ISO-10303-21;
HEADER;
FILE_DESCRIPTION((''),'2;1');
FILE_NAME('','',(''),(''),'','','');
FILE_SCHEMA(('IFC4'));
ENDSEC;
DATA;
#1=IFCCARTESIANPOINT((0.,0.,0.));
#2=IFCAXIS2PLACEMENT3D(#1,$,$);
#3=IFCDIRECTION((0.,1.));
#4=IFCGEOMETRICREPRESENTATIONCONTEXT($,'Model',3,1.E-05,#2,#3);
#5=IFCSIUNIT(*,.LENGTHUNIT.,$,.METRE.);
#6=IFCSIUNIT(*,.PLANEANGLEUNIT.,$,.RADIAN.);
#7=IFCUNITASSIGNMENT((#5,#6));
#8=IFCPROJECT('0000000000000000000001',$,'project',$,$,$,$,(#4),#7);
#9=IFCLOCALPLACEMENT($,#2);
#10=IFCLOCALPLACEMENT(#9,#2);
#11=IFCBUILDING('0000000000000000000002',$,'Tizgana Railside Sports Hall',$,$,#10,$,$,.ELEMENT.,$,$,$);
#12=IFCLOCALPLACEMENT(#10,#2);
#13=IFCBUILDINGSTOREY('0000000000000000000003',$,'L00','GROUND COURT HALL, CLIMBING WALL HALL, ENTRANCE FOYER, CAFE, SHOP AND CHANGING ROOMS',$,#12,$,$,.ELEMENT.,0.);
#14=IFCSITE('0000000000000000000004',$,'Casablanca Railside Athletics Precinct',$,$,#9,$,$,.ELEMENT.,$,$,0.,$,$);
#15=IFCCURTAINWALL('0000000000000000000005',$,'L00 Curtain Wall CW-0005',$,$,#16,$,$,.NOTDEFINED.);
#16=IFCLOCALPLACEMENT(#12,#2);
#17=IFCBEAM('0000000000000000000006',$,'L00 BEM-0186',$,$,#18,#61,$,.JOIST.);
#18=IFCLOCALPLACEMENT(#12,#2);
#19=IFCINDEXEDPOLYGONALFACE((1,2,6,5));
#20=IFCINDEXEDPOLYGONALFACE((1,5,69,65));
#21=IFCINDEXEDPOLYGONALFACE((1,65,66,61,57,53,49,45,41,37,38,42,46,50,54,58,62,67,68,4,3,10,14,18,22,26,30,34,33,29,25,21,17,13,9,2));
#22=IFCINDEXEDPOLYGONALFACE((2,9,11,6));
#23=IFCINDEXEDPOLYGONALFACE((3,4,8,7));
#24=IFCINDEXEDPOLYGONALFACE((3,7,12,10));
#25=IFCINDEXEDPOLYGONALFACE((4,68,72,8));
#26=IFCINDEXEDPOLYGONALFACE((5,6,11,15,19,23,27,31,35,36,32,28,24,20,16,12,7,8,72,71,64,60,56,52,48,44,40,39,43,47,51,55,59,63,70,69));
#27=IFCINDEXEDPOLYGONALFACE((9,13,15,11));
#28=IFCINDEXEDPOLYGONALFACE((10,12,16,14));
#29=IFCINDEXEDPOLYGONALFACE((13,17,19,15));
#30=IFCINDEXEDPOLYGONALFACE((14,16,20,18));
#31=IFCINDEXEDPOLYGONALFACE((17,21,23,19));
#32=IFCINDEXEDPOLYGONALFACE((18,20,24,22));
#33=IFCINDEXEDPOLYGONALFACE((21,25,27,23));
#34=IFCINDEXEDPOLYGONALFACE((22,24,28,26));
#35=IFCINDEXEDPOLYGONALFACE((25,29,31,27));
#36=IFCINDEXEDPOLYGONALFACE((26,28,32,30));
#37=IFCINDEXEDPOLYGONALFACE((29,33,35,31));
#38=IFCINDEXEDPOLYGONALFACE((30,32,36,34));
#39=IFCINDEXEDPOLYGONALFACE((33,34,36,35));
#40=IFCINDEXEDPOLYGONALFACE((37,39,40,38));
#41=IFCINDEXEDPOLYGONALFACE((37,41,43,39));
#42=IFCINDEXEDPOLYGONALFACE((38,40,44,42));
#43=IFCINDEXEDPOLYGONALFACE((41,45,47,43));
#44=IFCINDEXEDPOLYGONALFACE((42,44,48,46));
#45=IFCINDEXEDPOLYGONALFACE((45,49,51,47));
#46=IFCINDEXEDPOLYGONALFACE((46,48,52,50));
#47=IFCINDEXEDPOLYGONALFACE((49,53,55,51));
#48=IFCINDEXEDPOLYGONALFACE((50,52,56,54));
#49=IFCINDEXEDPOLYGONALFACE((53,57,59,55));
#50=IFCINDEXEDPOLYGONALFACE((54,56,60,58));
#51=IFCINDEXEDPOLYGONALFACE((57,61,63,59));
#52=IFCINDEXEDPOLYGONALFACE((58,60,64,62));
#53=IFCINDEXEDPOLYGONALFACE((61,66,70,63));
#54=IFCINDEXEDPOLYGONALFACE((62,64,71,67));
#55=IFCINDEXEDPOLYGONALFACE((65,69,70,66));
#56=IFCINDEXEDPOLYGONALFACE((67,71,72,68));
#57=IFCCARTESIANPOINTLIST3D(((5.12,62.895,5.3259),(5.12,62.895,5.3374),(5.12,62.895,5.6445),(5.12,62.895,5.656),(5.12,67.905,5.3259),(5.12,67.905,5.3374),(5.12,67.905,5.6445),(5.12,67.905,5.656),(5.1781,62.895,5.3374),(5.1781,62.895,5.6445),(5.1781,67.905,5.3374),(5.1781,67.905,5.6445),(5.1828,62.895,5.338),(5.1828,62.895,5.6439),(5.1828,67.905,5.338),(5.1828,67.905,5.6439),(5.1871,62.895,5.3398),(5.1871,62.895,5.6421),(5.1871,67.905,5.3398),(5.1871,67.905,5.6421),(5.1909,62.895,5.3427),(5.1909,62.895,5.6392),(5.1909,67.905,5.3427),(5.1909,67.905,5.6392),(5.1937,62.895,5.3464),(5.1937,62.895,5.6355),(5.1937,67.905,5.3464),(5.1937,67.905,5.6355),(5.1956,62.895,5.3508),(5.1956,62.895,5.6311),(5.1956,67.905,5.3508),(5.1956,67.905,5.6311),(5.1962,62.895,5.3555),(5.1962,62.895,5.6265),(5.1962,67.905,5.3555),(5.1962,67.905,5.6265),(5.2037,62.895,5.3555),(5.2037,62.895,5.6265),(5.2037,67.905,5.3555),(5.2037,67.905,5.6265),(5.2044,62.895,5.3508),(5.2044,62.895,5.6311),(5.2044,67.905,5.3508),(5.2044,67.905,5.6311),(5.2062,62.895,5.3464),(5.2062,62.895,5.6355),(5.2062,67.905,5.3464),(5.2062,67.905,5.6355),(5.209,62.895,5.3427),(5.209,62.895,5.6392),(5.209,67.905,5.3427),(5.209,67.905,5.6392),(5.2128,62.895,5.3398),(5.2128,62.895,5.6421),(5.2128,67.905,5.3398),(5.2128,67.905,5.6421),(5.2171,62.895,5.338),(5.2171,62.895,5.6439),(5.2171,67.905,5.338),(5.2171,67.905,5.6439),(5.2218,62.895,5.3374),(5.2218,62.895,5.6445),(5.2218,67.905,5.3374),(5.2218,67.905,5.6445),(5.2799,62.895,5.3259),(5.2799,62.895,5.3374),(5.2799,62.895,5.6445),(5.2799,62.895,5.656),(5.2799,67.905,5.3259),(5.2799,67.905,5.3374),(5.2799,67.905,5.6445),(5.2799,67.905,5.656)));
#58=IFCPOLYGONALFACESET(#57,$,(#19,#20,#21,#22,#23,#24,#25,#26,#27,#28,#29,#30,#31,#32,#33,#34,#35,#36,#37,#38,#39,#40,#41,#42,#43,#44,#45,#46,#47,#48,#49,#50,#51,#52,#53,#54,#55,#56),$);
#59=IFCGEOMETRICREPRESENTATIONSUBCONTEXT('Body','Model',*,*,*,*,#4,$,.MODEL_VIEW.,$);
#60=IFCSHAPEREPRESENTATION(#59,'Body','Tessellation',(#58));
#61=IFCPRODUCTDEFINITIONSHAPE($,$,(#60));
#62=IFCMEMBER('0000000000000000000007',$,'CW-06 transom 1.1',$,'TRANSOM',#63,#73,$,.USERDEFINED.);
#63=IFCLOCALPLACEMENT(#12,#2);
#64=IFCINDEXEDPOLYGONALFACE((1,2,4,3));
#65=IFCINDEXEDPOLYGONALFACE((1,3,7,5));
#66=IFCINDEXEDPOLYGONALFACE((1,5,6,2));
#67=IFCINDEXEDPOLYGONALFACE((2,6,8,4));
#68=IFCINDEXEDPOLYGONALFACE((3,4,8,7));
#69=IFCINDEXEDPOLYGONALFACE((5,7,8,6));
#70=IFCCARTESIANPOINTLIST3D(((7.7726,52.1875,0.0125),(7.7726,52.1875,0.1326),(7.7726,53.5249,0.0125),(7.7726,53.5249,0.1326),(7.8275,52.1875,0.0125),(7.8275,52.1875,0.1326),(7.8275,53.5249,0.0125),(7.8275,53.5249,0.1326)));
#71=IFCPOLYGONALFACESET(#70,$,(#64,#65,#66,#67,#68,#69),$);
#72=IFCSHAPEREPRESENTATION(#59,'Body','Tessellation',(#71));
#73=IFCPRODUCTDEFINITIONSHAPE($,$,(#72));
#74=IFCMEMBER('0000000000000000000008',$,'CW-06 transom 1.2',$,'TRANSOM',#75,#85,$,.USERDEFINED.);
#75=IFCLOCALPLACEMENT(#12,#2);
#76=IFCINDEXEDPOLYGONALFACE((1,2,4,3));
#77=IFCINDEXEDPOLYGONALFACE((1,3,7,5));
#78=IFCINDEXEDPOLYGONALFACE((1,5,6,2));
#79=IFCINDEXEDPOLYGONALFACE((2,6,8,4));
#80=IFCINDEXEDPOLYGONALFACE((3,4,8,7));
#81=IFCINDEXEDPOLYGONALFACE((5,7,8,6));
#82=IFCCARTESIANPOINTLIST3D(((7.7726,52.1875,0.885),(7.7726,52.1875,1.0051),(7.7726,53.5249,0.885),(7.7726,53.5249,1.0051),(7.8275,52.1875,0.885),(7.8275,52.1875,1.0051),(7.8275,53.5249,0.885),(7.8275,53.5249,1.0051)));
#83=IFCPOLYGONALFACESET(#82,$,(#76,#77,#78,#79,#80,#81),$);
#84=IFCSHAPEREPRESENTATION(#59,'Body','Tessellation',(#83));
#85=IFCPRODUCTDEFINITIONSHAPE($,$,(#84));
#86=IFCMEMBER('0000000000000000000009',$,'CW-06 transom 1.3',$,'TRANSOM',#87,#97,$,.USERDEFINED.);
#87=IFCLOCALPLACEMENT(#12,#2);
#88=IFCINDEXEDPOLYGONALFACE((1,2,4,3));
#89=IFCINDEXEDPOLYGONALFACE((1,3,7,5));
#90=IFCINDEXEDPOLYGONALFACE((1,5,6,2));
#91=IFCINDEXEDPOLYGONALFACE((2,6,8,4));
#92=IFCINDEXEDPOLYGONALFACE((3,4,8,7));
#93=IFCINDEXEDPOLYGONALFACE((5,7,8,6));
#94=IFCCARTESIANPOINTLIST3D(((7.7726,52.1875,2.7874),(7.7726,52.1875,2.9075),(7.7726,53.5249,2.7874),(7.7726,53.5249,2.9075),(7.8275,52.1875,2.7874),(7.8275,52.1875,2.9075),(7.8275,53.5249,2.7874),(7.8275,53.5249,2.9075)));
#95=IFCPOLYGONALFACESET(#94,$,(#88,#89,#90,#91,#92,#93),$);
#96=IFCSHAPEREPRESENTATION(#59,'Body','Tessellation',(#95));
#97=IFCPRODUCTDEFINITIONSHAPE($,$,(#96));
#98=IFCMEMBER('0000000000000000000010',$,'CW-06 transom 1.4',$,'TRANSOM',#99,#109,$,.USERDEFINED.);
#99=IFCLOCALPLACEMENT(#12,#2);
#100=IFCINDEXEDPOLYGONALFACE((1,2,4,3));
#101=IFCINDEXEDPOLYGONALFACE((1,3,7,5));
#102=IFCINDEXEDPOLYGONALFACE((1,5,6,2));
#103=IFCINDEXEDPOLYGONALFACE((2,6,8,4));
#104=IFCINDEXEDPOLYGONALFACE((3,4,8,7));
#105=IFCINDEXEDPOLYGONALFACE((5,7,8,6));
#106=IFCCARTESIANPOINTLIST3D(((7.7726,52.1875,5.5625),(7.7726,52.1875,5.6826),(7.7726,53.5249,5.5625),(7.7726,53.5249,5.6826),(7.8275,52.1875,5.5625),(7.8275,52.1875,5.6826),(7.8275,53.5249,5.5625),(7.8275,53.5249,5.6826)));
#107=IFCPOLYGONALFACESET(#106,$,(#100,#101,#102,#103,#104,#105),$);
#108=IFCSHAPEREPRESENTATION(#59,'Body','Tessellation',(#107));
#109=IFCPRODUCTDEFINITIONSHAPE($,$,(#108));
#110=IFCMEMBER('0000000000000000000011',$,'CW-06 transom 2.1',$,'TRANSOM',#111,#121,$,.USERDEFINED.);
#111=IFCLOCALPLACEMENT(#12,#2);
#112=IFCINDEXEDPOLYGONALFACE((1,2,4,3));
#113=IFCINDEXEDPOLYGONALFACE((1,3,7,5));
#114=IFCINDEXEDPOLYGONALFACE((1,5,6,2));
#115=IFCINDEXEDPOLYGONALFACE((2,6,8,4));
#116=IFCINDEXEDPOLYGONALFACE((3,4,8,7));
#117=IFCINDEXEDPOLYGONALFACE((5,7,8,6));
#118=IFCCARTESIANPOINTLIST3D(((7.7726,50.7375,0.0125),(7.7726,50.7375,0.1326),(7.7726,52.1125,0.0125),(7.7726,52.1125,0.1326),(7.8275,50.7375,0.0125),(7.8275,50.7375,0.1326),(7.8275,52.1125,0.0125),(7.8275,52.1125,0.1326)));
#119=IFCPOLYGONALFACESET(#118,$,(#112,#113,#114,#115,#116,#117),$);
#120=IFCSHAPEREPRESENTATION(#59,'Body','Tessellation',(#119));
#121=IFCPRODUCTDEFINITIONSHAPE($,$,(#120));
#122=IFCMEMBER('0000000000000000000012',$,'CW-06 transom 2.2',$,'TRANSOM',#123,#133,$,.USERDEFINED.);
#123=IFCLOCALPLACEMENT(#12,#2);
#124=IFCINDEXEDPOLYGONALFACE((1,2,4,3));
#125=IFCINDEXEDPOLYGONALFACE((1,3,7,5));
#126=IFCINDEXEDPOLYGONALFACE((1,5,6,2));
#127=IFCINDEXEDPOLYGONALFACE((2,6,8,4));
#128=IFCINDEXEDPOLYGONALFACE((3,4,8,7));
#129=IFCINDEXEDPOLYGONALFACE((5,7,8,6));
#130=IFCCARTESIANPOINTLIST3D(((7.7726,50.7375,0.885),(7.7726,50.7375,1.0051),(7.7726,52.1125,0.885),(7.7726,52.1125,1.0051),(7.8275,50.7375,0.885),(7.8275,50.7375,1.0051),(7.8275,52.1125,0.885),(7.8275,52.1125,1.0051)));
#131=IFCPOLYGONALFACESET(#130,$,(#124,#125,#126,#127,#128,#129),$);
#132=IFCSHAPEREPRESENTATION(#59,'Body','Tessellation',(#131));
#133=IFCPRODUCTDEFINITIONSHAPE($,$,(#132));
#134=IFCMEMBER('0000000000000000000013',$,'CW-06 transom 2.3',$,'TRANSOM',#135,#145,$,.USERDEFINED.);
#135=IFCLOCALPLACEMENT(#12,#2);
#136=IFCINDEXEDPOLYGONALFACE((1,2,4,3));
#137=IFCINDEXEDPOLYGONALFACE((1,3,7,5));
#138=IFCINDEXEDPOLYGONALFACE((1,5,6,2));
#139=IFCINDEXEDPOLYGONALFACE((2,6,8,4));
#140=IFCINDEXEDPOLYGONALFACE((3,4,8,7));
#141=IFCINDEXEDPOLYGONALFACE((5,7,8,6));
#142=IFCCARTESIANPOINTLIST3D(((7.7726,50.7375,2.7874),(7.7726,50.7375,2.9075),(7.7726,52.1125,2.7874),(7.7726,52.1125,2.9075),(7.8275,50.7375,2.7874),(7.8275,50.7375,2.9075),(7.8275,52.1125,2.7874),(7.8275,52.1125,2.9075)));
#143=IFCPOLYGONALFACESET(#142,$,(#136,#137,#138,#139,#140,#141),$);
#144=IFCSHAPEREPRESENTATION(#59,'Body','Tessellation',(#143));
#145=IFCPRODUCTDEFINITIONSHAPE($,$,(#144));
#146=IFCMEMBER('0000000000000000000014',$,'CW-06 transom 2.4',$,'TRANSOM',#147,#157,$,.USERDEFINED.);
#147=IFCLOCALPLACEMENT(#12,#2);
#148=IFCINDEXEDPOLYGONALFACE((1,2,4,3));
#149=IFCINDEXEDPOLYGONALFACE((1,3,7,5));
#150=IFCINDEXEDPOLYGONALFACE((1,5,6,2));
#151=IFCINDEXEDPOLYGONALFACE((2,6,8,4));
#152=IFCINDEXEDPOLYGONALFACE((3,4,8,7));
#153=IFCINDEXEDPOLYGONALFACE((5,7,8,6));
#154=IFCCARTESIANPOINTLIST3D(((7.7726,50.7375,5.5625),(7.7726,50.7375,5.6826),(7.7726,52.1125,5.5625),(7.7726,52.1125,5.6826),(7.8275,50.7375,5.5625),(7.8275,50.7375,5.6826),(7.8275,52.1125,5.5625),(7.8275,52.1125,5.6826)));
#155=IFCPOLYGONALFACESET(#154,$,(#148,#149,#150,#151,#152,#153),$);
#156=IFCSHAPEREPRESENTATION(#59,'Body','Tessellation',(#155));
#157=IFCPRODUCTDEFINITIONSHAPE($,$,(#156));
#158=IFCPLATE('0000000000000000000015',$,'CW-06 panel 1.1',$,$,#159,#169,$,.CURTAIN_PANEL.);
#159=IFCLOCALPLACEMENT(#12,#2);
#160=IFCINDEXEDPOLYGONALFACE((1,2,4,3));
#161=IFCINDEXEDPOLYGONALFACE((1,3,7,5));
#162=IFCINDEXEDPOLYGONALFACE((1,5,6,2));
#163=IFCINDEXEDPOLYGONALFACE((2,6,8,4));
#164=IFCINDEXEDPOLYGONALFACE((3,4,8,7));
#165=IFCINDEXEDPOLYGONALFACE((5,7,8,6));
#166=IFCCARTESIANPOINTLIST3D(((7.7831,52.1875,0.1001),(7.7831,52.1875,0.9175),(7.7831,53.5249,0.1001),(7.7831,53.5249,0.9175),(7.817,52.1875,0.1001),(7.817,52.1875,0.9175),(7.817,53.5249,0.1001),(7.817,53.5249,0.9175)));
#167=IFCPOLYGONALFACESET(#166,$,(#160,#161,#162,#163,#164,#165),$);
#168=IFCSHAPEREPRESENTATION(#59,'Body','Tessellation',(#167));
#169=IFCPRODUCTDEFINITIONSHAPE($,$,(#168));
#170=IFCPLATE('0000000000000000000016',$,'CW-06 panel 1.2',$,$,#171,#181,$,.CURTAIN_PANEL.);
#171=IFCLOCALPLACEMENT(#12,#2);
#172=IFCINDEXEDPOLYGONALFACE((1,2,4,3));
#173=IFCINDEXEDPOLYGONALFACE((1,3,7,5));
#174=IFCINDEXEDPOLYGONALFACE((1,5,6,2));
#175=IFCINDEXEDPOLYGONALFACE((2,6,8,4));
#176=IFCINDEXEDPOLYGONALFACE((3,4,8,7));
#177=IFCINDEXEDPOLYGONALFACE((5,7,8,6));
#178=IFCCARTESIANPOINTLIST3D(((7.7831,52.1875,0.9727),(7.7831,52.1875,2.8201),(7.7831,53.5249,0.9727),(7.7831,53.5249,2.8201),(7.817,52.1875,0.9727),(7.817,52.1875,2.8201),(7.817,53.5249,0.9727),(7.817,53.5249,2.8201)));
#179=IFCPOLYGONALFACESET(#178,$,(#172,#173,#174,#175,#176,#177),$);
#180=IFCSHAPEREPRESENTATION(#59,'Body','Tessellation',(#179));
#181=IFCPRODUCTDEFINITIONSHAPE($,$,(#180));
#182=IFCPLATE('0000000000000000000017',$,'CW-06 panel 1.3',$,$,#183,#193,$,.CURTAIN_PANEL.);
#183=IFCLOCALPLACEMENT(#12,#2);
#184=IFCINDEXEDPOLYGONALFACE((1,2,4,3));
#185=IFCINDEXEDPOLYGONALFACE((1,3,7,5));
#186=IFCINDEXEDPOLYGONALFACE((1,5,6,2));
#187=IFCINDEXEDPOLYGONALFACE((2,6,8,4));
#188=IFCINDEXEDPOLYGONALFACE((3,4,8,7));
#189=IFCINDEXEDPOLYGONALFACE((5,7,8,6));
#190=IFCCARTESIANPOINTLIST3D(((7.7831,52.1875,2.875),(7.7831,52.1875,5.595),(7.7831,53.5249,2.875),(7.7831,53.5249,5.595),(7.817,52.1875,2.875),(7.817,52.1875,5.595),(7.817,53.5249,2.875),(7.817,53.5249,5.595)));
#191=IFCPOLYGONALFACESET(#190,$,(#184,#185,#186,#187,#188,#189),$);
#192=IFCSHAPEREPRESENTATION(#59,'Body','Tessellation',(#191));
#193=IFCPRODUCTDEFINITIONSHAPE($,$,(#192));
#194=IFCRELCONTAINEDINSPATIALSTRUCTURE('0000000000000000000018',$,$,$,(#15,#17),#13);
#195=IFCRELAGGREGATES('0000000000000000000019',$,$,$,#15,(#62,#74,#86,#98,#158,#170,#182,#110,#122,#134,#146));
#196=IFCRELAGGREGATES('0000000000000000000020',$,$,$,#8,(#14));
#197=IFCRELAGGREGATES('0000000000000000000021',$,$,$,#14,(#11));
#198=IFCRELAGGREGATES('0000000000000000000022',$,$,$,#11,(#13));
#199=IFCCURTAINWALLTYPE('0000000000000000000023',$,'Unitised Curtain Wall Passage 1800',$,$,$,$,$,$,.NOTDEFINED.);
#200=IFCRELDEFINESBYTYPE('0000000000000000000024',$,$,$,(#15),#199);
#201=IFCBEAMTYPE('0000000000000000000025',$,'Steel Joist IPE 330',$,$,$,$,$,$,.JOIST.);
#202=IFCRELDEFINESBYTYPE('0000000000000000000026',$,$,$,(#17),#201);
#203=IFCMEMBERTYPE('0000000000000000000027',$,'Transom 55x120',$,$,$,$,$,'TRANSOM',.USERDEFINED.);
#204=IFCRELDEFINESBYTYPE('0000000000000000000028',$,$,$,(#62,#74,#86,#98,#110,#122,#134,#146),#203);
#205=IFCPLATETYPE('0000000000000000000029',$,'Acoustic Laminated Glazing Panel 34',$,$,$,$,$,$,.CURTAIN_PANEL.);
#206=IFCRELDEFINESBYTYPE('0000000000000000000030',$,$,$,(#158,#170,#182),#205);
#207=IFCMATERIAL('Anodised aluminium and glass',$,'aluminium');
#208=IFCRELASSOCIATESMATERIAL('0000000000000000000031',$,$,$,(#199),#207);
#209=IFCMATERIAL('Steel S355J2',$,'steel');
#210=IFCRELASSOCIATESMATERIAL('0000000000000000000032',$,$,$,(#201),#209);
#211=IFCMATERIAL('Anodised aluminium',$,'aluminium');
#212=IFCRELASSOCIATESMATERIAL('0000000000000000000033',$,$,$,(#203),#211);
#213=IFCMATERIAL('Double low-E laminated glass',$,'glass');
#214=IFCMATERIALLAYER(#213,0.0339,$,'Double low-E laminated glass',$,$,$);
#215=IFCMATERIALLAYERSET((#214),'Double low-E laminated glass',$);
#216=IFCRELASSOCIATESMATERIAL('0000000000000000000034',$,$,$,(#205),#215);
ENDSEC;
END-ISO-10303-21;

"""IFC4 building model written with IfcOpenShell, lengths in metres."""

from ifc_helpers import new_model, si_unit, direction, frame, origin, origin_2d, place, context, subcontext, project, spatial, rectangle, i_section, extrude, material, layer, layer_set, material_profile, profile_set, type_object, element, aggregate, save


model = new_model("IFC4")

# Units and contexts
model_context = context("Model", 3, precision=1e-05, world=origin(), true_north=direction((0.0, 1.0)))
body_context = subcontext(model_context, "Body", "Model", "MODEL_VIEW")
ifc_project = project(units=[si_unit("LENGTHUNIT", "METRE"), si_unit("PLANEANGLEUNIT", "RADIAN")], contexts=[model_context])

# Site, building, storey
site_placement = place(None, origin())
site = spatial("IfcSite", under=ifc_project, at=site_placement, Name="Casablanca Railside Athletics Precinct", CompositionType="ELEMENT", RefElevation=0.0)
building_placement = place(site_placement, origin())
building = spatial("IfcBuilding", under=site, at=building_placement, Name="Tizgana Railside Sports Hall", CompositionType="ELEMENT")
storey_placement = place(building_placement, origin())
storey = spatial("IfcBuildingStorey", under=building, at=storey_placement, Name="L00", Description="GROUND COURT HALL, CLIMBING WALL HALL, ENTRANCE FOYER, CAFE, SHOP AND CHANGING ROOMS", CompositionType="ELEMENT", Elevation=0.0)

# Curtain wall
ifc_material_1 = material(Name="Anodised aluminium and glass", Category="aluminium")
curtain_wall_type = type_object("IfcCurtainWallType", Name="Unitised Curtain Wall Passage 1800", PredefinedType="NOTDEFINED", material=ifc_material_1)
curtain_wall_placement = place(storey_placement, origin())
curtain_wall = element("IfcCurtainWall", 1, at=curtain_wall_placement, inside=storey, type_object=curtain_wall_type, Name="L00 Curtain Wall CW-0005", PredefinedType="NOTDEFINED")
ifc_material_2 = material(Name="Anodised aluminium", Category="aluminium")

# Beam
ifc_material_3 = material(Name="Steel S355J2", Category="steel")
ifc_material_profile_1 = material_profile(ifc_material_3, i_section(OverallWidth=0.1599, OverallDepth=0.3301, WebThickness=0.0076, FlangeThickness=0.0115, FilletRadius=0.0181, at=origin_2d()), Name="IPE 330")
ifc_profile_set_1 = profile_set([ifc_material_profile_1], Name="Steel S355J2")
beam_type_1 = type_object("IfcBeamType", Name="Steel Joist IPE 330", PredefinedType="JOIST", material=ifc_profile_set_1)
beam_1_placement = place(storey_placement, frame((5.2, 62.895, 5.491), z_axis=(0.0, 1.0, 0.0), x_axis=(-1.0, 0.0, 0.0)))
element("IfcBeam", 2, at=beam_1_placement, inside=storey, type_object=beam_type_1, Name="L00 BEM-0186", PredefinedType="JOIST", context=body_context, shape_type="SweptSolid", body=[
    extrude(i_section(OverallWidth=0.1599, OverallDepth=0.3301, WebThickness=0.0076, FlangeThickness=0.0115, FilletRadius=0.0181, at=origin_2d()), origin(), (0.0, 0.0, 1.0), 5.01),
])

# Members
ifc_material_profile_2 = material_profile(ifc_material_2, rectangle(XDim=0.0549, YDim=0.1201, at=origin_2d()), Name="Transom 55x120")
ifc_profile_set_2 = profile_set([ifc_material_profile_2], Name="Anodised aluminium")
member_type_1 = type_object("IfcMemberType", Name="Transom 55x120", ElementType="TRANSOM", PredefinedType="USERDEFINED", material=ifc_profile_set_2)
member_1_placement = place(storey_placement, frame((7.8, 53.5249, 0.0725), z_axis=(0.0, -1.0, 0.0), x_axis=(1.0, 0.0, 0.0)))
member_1 = element("IfcMember", 3, at=member_1_placement, type_object=member_type_1, Name="CW-06 transom 1.1", ObjectType="TRANSOM", PredefinedType="USERDEFINED", context=body_context, shape_type="SweptSolid", body=[
    extrude(rectangle(XDim=0.0549, YDim=0.1201, at=origin_2d()), origin(), (0.0, 0.0, 1.0), 1.3374),
])
member_2_placement = place(storey_placement, frame((7.8, 53.5249, 0.9451), z_axis=(0.0, -1.0, 0.0), x_axis=(1.0, 0.0, 0.0)))
member_2 = element("IfcMember", 4, at=member_2_placement, type_object=member_type_1, Name="CW-06 transom 1.2", ObjectType="TRANSOM", PredefinedType="USERDEFINED", context=body_context, shape_type="SweptSolid", body=[
    extrude(rectangle(XDim=0.0549, YDim=0.1201, at=origin_2d()), origin(), (0.0, 0.0, 1.0), 1.3374),
])
member_3_placement = place(storey_placement, frame((7.8, 53.5249, 2.8474), z_axis=(0.0, -1.0, 0.0), x_axis=(1.0, 0.0, 0.0)))
member_3 = element("IfcMember", 5, at=member_3_placement, type_object=member_type_1, Name="CW-06 transom 1.3", ObjectType="TRANSOM", PredefinedType="USERDEFINED", context=body_context, shape_type="SweptSolid", body=[
    extrude(rectangle(XDim=0.0549, YDim=0.1201, at=origin_2d()), origin(), (0.0, 0.0, 1.0), 1.3374),
])
member_4_placement = place(storey_placement, frame((7.8, 53.5249, 5.6226), z_axis=(0.0, -1.0, 0.0), x_axis=(1.0, 0.0, 0.0)))
member_4 = element("IfcMember", 6, at=member_4_placement, type_object=member_type_1, Name="CW-06 transom 1.4", ObjectType="TRANSOM", PredefinedType="USERDEFINED", context=body_context, shape_type="SweptSolid", body=[
    extrude(rectangle(XDim=0.0549, YDim=0.1201, at=origin_2d()), origin(), (0.0, 0.0, 1.0), 1.3374),
])
member_5_placement = place(storey_placement, frame((7.8, 52.1125, 0.0725), z_axis=(0.0, -1.0, 0.0), x_axis=(1.0, 0.0, 0.0)))
member_5 = element("IfcMember", 7, at=member_5_placement, type_object=member_type_1, Name="CW-06 transom 2.1", ObjectType="TRANSOM", PredefinedType="USERDEFINED", context=body_context, shape_type="SweptSolid", body=[
    extrude(rectangle(XDim=0.0549, YDim=0.1201, at=origin_2d()), origin(), (0.0, 0.0, 1.0), 1.375),
])
member_6_placement = place(storey_placement, frame((7.8, 52.1125, 0.9451), z_axis=(0.0, -1.0, 0.0), x_axis=(1.0, 0.0, 0.0)))
member_6 = element("IfcMember", 8, at=member_6_placement, type_object=member_type_1, Name="CW-06 transom 2.2", ObjectType="TRANSOM", PredefinedType="USERDEFINED", context=body_context, shape_type="SweptSolid", body=[
    extrude(rectangle(XDim=0.0549, YDim=0.1201, at=origin_2d()), origin(), (0.0, 0.0, 1.0), 1.375),
])
member_7_placement = place(storey_placement, frame((7.8, 52.1125, 2.8474), z_axis=(0.0, -1.0, 0.0), x_axis=(1.0, 0.0, 0.0)))
member_7 = element("IfcMember", 9, at=member_7_placement, type_object=member_type_1, Name="CW-06 transom 2.3", ObjectType="TRANSOM", PredefinedType="USERDEFINED", context=body_context, shape_type="SweptSolid", body=[
    extrude(rectangle(XDim=0.0549, YDim=0.1201, at=origin_2d()), origin(), (0.0, 0.0, 1.0), 1.375),
])
member_8_placement = place(storey_placement, frame((7.8, 52.1125, 5.6226), z_axis=(0.0, -1.0, 0.0), x_axis=(1.0, 0.0, 0.0)))
member_8 = element("IfcMember", 10, at=member_8_placement, type_object=member_type_1, Name="CW-06 transom 2.4", ObjectType="TRANSOM", PredefinedType="USERDEFINED", context=body_context, shape_type="SweptSolid", body=[
    extrude(rectangle(XDim=0.0549, YDim=0.1201, at=origin_2d()), origin(), (0.0, 0.0, 1.0), 1.375),
])

# Plates
ifc_material_4 = material(Name="Double low-E laminated glass", Category="glass")
ifc_layer = layer(ifc_material_4, 0.0339, Name="Double low-E laminated glass")
ifc_layer_set = layer_set([ifc_layer], Name="Double low-E laminated glass")
plate_type = type_object("IfcPlateType", Name="Acoustic Laminated Glazing Panel 34", PredefinedType="CURTAIN_PANEL", material=ifc_layer_set)
plate_1_placement = place(storey_placement, frame((7.8, 52.8562, 0.1001), z_axis=(0.0, 0.0, 1.0), x_axis=(0.0, -1.0, 0.0)))
plate_1 = element("IfcPlate", 11, at=plate_1_placement, type_object=plate_type, Name="CW-06 panel 1.1", PredefinedType="CURTAIN_PANEL", context=body_context, shape_type="SweptSolid", body=[
    extrude(rectangle(XDim=1.3374, YDim=0.0339, at=origin_2d()), origin(), (0.0, 0.0, 1.0), 0.8174),
])
plate_2_placement = place(storey_placement, frame((7.8, 52.8562, 0.9727), z_axis=(0.0, 0.0, 1.0), x_axis=(0.0, -1.0, 0.0)))
plate_2 = element("IfcPlate", 12, at=plate_2_placement, type_object=plate_type, Name="CW-06 panel 1.2", PredefinedType="CURTAIN_PANEL", context=body_context, shape_type="SweptSolid", body=[
    extrude(rectangle(XDim=1.3374, YDim=0.0339, at=origin_2d()), origin(), (0.0, 0.0, 1.0), 1.8474),
])
plate_3_placement = place(storey_placement, frame((7.8, 52.8562, 2.875), z_axis=(0.0, 0.0, 1.0), x_axis=(0.0, -1.0, 0.0)))
plate_3 = element("IfcPlate", 13, at=plate_3_placement, type_object=plate_type, Name="CW-06 panel 1.3", PredefinedType="CURTAIN_PANEL", context=body_context, shape_type="SweptSolid", body=[
    extrude(rectangle(XDim=1.3374, YDim=0.0339, at=origin_2d()), origin(), (0.0, 0.0, 1.0), 2.72),
])
aggregate(curtain_wall, [member_1, member_2, member_3, member_4, plate_1, plate_2, plate_3, member_5, member_6, member_7, member_8])

save(model, "model.ifc")
